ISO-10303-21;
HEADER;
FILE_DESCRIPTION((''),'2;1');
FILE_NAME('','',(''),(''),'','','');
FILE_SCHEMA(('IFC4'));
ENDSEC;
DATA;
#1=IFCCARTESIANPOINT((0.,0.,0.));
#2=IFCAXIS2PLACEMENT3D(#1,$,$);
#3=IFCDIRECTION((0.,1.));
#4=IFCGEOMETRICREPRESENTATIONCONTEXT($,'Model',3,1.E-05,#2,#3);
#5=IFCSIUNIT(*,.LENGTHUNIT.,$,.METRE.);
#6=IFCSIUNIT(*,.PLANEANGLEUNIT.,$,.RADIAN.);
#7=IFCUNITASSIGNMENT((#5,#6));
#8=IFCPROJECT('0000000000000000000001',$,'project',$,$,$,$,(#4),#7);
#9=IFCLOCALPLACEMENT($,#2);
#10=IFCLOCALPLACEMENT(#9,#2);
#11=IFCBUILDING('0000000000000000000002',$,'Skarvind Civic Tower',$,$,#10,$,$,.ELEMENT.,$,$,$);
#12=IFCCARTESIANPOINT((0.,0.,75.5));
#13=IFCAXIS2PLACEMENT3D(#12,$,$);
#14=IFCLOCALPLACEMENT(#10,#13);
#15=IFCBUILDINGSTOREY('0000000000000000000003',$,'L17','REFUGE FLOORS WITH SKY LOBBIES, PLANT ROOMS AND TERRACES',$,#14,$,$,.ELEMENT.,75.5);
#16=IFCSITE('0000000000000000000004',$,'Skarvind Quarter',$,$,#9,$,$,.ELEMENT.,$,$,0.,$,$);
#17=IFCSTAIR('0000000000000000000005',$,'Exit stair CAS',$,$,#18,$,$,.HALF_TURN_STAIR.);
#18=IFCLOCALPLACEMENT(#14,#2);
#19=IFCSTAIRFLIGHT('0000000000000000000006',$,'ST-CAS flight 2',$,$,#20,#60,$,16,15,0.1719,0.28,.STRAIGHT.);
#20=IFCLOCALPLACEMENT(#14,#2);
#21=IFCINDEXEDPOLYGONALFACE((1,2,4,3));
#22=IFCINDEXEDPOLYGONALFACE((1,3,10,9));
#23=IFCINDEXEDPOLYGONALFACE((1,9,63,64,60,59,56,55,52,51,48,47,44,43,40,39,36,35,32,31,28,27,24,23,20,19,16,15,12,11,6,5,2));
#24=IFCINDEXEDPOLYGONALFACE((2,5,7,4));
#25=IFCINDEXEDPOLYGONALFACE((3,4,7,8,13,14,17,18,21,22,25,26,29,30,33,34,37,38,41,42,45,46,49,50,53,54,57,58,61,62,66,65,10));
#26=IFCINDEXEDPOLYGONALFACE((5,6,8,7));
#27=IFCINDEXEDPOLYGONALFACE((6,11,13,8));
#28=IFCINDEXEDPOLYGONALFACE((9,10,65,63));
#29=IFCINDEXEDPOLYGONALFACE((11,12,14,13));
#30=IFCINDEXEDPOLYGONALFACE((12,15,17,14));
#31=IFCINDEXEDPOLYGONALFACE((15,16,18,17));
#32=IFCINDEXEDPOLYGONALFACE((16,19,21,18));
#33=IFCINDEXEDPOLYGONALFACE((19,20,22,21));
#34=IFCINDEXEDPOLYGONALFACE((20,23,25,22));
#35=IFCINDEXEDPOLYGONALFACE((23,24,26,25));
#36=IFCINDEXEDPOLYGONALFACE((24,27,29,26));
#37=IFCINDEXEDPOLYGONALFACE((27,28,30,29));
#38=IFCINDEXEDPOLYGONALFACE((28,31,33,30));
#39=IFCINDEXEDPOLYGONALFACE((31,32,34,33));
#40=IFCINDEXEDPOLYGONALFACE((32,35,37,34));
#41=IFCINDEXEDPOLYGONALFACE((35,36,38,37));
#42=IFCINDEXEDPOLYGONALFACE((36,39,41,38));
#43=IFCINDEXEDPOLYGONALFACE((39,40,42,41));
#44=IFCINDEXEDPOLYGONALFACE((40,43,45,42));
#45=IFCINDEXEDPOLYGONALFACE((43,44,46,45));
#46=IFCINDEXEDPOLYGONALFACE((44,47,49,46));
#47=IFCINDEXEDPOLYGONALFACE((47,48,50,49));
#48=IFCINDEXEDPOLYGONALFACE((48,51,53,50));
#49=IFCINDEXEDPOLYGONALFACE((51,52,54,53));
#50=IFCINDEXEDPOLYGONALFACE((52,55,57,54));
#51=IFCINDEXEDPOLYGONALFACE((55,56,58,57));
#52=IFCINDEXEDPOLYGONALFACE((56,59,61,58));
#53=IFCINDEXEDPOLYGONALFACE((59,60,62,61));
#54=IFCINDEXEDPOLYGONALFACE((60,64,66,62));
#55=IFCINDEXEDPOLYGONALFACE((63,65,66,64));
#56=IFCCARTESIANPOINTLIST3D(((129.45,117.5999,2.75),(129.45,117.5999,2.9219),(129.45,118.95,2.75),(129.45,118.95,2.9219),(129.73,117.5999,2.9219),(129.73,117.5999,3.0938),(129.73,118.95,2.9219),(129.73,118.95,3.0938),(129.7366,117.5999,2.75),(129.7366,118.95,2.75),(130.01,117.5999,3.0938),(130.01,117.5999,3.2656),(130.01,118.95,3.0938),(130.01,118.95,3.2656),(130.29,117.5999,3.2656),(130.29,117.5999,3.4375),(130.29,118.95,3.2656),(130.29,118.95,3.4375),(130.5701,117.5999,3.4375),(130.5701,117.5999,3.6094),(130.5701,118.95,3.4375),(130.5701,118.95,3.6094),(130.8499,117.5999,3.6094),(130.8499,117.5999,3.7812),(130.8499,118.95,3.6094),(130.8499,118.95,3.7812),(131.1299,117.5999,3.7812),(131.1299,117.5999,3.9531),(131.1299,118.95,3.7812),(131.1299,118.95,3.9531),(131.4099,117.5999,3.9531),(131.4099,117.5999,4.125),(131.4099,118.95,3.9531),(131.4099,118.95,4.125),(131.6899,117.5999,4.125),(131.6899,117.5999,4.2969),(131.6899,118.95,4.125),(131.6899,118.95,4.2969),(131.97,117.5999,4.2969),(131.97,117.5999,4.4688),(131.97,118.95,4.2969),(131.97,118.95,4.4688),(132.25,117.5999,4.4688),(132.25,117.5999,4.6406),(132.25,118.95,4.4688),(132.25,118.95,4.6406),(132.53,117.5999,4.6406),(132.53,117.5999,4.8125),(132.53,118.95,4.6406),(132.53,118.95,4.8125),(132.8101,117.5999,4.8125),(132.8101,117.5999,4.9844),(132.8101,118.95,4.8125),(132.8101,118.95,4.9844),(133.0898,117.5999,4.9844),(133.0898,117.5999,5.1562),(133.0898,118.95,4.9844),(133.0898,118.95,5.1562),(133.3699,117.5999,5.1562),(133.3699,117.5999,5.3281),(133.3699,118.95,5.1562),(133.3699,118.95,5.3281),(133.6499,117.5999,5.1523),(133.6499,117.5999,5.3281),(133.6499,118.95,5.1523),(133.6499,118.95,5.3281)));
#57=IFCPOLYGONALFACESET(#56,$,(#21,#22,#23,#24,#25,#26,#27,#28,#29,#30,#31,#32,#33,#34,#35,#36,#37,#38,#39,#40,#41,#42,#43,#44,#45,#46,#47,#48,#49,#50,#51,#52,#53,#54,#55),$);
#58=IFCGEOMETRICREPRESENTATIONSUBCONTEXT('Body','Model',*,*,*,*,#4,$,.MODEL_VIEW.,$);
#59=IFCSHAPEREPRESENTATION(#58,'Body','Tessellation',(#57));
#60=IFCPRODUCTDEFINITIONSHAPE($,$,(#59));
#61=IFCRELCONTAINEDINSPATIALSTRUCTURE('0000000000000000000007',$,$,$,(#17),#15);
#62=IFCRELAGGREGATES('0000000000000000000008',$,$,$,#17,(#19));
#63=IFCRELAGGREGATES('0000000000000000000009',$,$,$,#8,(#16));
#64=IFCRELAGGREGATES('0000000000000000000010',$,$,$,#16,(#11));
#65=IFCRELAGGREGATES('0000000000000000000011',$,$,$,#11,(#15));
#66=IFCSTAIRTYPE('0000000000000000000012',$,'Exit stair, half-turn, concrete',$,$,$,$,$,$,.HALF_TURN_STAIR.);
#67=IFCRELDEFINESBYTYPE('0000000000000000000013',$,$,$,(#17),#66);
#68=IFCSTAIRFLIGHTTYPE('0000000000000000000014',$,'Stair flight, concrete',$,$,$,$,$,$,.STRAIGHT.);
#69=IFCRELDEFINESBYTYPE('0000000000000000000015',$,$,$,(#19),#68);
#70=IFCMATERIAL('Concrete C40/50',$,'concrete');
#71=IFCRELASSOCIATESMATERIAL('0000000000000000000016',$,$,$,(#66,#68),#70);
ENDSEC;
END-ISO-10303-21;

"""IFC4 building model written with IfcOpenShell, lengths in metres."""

from ifc_helpers import new_model, si_unit, direction, frame, origin, place, context, subcontext, project, spatial, polyline, outline, extrude, material, type_object, element, aggregate, save


model = new_model("IFC4")

# Units and contexts
model_context = context("Model", 3, precision=1e-05, world=origin(), true_north=direction((0.0, 1.0)))
body_context = subcontext(model_context, "Body", "Model", "MODEL_VIEW")
ifc_project = project(units=[si_unit("LENGTHUNIT", "METRE"), si_unit("PLANEANGLEUNIT", "RADIAN")], contexts=[model_context])

# Site, building, storey
site_placement = place(None, origin())
site = spatial("IfcSite", under=ifc_project, at=site_placement, Name="Skarvind Quarter", CompositionType="ELEMENT", RefElevation=0.0)
building_placement = place(site_placement, origin())
building = spatial("IfcBuilding", under=site, at=building_placement, Name="Skarvind Civic Tower", CompositionType="ELEMENT")
storey_placement = place(building_placement, frame((0.0, 0.0, 75.5)))
storey = spatial("IfcBuildingStorey", under=building, at=storey_placement, Name="L17", Description="REFUGE FLOORS WITH SKY LOBBIES, PLANT ROOMS AND TERRACES", CompositionType="ELEMENT", Elevation=75.5)

# Stair, stair flight
ifc_material_1 = material(Name="Concrete C40/50", Category="concrete")
stair_type = type_object("IfcStairType", Name="Exit stair, half-turn, concrete", PredefinedType="HALF_TURN_STAIR", material=ifc_material_1)
stair_placement = place(storey_placement, origin())
stair = element("IfcStair", 1, at=stair_placement, inside=storey, type_object=stair_type, Name="Exit stair CAS", PredefinedType="HALF_TURN_STAIR")
stair_flight_type = type_object("IfcStairFlightType", Name="Stair flight, concrete", PredefinedType="STRAIGHT", material=ifc_material_1)
stair_flight_1_placement = place(storey_placement, frame((129.45, 118.2749, 2.75), z_axis=(0.0, 0.0, 1.0), x_axis=(1.0, 0.0, 0.0)))
stair_flight_1 = element("IfcStairFlight", 2, at=stair_flight_1_placement, type_object=stair_flight_type, Name="ST-CAS flight 2", NumberOfRisers=16, NumberOfTreads=15, PredefinedType="STRAIGHT", RiserHeight=0.1719, TreadLength=0.28, context=body_context, shape_type="SweptSolid", body=[
    extrude(outline(polyline([(0.0, 0.0), (0.0, 0.1719), (0.28, 0.1719), (0.28, 0.3438), (0.5601, 0.3438), (0.5601, 0.5156), (0.8401, 0.5156), (0.8401, 0.6875), (1.1201, 0.6875), (1.1201, 0.8594), (1.3999, 0.8594), (1.3999, 1.0312), (1.6799, 1.0312), (1.6799, 1.2031), (1.96, 1.2031), (1.96, 1.375), (2.24, 1.375), (2.24, 1.5469), (2.52, 1.5469), (2.52, 1.7188), (2.8, 1.7188), (2.8, 1.8906), (3.0801, 1.8906), (3.0801, 2.0625), (3.3601, 2.0625), (3.3601, 2.2344), (3.6399, 2.2344), (3.6399, 2.4062), (3.9199, 2.4062), (3.9199, 2.5781), (4.2, 2.5781), (4.2, 2.75), (4.2, 2.4023), (0.2866, 0.0), (0.0, 0.0)])), frame((0.0, 0.675, 0.0), z_axis=(0.0, -1.0, 0.0), x_axis=(1.0, 0.0, 0.0)), (0.0, 0.0, 1.0), 1.3501),
])
aggregate(stair, [stair_flight_1])

save(model, "model.ifc")
